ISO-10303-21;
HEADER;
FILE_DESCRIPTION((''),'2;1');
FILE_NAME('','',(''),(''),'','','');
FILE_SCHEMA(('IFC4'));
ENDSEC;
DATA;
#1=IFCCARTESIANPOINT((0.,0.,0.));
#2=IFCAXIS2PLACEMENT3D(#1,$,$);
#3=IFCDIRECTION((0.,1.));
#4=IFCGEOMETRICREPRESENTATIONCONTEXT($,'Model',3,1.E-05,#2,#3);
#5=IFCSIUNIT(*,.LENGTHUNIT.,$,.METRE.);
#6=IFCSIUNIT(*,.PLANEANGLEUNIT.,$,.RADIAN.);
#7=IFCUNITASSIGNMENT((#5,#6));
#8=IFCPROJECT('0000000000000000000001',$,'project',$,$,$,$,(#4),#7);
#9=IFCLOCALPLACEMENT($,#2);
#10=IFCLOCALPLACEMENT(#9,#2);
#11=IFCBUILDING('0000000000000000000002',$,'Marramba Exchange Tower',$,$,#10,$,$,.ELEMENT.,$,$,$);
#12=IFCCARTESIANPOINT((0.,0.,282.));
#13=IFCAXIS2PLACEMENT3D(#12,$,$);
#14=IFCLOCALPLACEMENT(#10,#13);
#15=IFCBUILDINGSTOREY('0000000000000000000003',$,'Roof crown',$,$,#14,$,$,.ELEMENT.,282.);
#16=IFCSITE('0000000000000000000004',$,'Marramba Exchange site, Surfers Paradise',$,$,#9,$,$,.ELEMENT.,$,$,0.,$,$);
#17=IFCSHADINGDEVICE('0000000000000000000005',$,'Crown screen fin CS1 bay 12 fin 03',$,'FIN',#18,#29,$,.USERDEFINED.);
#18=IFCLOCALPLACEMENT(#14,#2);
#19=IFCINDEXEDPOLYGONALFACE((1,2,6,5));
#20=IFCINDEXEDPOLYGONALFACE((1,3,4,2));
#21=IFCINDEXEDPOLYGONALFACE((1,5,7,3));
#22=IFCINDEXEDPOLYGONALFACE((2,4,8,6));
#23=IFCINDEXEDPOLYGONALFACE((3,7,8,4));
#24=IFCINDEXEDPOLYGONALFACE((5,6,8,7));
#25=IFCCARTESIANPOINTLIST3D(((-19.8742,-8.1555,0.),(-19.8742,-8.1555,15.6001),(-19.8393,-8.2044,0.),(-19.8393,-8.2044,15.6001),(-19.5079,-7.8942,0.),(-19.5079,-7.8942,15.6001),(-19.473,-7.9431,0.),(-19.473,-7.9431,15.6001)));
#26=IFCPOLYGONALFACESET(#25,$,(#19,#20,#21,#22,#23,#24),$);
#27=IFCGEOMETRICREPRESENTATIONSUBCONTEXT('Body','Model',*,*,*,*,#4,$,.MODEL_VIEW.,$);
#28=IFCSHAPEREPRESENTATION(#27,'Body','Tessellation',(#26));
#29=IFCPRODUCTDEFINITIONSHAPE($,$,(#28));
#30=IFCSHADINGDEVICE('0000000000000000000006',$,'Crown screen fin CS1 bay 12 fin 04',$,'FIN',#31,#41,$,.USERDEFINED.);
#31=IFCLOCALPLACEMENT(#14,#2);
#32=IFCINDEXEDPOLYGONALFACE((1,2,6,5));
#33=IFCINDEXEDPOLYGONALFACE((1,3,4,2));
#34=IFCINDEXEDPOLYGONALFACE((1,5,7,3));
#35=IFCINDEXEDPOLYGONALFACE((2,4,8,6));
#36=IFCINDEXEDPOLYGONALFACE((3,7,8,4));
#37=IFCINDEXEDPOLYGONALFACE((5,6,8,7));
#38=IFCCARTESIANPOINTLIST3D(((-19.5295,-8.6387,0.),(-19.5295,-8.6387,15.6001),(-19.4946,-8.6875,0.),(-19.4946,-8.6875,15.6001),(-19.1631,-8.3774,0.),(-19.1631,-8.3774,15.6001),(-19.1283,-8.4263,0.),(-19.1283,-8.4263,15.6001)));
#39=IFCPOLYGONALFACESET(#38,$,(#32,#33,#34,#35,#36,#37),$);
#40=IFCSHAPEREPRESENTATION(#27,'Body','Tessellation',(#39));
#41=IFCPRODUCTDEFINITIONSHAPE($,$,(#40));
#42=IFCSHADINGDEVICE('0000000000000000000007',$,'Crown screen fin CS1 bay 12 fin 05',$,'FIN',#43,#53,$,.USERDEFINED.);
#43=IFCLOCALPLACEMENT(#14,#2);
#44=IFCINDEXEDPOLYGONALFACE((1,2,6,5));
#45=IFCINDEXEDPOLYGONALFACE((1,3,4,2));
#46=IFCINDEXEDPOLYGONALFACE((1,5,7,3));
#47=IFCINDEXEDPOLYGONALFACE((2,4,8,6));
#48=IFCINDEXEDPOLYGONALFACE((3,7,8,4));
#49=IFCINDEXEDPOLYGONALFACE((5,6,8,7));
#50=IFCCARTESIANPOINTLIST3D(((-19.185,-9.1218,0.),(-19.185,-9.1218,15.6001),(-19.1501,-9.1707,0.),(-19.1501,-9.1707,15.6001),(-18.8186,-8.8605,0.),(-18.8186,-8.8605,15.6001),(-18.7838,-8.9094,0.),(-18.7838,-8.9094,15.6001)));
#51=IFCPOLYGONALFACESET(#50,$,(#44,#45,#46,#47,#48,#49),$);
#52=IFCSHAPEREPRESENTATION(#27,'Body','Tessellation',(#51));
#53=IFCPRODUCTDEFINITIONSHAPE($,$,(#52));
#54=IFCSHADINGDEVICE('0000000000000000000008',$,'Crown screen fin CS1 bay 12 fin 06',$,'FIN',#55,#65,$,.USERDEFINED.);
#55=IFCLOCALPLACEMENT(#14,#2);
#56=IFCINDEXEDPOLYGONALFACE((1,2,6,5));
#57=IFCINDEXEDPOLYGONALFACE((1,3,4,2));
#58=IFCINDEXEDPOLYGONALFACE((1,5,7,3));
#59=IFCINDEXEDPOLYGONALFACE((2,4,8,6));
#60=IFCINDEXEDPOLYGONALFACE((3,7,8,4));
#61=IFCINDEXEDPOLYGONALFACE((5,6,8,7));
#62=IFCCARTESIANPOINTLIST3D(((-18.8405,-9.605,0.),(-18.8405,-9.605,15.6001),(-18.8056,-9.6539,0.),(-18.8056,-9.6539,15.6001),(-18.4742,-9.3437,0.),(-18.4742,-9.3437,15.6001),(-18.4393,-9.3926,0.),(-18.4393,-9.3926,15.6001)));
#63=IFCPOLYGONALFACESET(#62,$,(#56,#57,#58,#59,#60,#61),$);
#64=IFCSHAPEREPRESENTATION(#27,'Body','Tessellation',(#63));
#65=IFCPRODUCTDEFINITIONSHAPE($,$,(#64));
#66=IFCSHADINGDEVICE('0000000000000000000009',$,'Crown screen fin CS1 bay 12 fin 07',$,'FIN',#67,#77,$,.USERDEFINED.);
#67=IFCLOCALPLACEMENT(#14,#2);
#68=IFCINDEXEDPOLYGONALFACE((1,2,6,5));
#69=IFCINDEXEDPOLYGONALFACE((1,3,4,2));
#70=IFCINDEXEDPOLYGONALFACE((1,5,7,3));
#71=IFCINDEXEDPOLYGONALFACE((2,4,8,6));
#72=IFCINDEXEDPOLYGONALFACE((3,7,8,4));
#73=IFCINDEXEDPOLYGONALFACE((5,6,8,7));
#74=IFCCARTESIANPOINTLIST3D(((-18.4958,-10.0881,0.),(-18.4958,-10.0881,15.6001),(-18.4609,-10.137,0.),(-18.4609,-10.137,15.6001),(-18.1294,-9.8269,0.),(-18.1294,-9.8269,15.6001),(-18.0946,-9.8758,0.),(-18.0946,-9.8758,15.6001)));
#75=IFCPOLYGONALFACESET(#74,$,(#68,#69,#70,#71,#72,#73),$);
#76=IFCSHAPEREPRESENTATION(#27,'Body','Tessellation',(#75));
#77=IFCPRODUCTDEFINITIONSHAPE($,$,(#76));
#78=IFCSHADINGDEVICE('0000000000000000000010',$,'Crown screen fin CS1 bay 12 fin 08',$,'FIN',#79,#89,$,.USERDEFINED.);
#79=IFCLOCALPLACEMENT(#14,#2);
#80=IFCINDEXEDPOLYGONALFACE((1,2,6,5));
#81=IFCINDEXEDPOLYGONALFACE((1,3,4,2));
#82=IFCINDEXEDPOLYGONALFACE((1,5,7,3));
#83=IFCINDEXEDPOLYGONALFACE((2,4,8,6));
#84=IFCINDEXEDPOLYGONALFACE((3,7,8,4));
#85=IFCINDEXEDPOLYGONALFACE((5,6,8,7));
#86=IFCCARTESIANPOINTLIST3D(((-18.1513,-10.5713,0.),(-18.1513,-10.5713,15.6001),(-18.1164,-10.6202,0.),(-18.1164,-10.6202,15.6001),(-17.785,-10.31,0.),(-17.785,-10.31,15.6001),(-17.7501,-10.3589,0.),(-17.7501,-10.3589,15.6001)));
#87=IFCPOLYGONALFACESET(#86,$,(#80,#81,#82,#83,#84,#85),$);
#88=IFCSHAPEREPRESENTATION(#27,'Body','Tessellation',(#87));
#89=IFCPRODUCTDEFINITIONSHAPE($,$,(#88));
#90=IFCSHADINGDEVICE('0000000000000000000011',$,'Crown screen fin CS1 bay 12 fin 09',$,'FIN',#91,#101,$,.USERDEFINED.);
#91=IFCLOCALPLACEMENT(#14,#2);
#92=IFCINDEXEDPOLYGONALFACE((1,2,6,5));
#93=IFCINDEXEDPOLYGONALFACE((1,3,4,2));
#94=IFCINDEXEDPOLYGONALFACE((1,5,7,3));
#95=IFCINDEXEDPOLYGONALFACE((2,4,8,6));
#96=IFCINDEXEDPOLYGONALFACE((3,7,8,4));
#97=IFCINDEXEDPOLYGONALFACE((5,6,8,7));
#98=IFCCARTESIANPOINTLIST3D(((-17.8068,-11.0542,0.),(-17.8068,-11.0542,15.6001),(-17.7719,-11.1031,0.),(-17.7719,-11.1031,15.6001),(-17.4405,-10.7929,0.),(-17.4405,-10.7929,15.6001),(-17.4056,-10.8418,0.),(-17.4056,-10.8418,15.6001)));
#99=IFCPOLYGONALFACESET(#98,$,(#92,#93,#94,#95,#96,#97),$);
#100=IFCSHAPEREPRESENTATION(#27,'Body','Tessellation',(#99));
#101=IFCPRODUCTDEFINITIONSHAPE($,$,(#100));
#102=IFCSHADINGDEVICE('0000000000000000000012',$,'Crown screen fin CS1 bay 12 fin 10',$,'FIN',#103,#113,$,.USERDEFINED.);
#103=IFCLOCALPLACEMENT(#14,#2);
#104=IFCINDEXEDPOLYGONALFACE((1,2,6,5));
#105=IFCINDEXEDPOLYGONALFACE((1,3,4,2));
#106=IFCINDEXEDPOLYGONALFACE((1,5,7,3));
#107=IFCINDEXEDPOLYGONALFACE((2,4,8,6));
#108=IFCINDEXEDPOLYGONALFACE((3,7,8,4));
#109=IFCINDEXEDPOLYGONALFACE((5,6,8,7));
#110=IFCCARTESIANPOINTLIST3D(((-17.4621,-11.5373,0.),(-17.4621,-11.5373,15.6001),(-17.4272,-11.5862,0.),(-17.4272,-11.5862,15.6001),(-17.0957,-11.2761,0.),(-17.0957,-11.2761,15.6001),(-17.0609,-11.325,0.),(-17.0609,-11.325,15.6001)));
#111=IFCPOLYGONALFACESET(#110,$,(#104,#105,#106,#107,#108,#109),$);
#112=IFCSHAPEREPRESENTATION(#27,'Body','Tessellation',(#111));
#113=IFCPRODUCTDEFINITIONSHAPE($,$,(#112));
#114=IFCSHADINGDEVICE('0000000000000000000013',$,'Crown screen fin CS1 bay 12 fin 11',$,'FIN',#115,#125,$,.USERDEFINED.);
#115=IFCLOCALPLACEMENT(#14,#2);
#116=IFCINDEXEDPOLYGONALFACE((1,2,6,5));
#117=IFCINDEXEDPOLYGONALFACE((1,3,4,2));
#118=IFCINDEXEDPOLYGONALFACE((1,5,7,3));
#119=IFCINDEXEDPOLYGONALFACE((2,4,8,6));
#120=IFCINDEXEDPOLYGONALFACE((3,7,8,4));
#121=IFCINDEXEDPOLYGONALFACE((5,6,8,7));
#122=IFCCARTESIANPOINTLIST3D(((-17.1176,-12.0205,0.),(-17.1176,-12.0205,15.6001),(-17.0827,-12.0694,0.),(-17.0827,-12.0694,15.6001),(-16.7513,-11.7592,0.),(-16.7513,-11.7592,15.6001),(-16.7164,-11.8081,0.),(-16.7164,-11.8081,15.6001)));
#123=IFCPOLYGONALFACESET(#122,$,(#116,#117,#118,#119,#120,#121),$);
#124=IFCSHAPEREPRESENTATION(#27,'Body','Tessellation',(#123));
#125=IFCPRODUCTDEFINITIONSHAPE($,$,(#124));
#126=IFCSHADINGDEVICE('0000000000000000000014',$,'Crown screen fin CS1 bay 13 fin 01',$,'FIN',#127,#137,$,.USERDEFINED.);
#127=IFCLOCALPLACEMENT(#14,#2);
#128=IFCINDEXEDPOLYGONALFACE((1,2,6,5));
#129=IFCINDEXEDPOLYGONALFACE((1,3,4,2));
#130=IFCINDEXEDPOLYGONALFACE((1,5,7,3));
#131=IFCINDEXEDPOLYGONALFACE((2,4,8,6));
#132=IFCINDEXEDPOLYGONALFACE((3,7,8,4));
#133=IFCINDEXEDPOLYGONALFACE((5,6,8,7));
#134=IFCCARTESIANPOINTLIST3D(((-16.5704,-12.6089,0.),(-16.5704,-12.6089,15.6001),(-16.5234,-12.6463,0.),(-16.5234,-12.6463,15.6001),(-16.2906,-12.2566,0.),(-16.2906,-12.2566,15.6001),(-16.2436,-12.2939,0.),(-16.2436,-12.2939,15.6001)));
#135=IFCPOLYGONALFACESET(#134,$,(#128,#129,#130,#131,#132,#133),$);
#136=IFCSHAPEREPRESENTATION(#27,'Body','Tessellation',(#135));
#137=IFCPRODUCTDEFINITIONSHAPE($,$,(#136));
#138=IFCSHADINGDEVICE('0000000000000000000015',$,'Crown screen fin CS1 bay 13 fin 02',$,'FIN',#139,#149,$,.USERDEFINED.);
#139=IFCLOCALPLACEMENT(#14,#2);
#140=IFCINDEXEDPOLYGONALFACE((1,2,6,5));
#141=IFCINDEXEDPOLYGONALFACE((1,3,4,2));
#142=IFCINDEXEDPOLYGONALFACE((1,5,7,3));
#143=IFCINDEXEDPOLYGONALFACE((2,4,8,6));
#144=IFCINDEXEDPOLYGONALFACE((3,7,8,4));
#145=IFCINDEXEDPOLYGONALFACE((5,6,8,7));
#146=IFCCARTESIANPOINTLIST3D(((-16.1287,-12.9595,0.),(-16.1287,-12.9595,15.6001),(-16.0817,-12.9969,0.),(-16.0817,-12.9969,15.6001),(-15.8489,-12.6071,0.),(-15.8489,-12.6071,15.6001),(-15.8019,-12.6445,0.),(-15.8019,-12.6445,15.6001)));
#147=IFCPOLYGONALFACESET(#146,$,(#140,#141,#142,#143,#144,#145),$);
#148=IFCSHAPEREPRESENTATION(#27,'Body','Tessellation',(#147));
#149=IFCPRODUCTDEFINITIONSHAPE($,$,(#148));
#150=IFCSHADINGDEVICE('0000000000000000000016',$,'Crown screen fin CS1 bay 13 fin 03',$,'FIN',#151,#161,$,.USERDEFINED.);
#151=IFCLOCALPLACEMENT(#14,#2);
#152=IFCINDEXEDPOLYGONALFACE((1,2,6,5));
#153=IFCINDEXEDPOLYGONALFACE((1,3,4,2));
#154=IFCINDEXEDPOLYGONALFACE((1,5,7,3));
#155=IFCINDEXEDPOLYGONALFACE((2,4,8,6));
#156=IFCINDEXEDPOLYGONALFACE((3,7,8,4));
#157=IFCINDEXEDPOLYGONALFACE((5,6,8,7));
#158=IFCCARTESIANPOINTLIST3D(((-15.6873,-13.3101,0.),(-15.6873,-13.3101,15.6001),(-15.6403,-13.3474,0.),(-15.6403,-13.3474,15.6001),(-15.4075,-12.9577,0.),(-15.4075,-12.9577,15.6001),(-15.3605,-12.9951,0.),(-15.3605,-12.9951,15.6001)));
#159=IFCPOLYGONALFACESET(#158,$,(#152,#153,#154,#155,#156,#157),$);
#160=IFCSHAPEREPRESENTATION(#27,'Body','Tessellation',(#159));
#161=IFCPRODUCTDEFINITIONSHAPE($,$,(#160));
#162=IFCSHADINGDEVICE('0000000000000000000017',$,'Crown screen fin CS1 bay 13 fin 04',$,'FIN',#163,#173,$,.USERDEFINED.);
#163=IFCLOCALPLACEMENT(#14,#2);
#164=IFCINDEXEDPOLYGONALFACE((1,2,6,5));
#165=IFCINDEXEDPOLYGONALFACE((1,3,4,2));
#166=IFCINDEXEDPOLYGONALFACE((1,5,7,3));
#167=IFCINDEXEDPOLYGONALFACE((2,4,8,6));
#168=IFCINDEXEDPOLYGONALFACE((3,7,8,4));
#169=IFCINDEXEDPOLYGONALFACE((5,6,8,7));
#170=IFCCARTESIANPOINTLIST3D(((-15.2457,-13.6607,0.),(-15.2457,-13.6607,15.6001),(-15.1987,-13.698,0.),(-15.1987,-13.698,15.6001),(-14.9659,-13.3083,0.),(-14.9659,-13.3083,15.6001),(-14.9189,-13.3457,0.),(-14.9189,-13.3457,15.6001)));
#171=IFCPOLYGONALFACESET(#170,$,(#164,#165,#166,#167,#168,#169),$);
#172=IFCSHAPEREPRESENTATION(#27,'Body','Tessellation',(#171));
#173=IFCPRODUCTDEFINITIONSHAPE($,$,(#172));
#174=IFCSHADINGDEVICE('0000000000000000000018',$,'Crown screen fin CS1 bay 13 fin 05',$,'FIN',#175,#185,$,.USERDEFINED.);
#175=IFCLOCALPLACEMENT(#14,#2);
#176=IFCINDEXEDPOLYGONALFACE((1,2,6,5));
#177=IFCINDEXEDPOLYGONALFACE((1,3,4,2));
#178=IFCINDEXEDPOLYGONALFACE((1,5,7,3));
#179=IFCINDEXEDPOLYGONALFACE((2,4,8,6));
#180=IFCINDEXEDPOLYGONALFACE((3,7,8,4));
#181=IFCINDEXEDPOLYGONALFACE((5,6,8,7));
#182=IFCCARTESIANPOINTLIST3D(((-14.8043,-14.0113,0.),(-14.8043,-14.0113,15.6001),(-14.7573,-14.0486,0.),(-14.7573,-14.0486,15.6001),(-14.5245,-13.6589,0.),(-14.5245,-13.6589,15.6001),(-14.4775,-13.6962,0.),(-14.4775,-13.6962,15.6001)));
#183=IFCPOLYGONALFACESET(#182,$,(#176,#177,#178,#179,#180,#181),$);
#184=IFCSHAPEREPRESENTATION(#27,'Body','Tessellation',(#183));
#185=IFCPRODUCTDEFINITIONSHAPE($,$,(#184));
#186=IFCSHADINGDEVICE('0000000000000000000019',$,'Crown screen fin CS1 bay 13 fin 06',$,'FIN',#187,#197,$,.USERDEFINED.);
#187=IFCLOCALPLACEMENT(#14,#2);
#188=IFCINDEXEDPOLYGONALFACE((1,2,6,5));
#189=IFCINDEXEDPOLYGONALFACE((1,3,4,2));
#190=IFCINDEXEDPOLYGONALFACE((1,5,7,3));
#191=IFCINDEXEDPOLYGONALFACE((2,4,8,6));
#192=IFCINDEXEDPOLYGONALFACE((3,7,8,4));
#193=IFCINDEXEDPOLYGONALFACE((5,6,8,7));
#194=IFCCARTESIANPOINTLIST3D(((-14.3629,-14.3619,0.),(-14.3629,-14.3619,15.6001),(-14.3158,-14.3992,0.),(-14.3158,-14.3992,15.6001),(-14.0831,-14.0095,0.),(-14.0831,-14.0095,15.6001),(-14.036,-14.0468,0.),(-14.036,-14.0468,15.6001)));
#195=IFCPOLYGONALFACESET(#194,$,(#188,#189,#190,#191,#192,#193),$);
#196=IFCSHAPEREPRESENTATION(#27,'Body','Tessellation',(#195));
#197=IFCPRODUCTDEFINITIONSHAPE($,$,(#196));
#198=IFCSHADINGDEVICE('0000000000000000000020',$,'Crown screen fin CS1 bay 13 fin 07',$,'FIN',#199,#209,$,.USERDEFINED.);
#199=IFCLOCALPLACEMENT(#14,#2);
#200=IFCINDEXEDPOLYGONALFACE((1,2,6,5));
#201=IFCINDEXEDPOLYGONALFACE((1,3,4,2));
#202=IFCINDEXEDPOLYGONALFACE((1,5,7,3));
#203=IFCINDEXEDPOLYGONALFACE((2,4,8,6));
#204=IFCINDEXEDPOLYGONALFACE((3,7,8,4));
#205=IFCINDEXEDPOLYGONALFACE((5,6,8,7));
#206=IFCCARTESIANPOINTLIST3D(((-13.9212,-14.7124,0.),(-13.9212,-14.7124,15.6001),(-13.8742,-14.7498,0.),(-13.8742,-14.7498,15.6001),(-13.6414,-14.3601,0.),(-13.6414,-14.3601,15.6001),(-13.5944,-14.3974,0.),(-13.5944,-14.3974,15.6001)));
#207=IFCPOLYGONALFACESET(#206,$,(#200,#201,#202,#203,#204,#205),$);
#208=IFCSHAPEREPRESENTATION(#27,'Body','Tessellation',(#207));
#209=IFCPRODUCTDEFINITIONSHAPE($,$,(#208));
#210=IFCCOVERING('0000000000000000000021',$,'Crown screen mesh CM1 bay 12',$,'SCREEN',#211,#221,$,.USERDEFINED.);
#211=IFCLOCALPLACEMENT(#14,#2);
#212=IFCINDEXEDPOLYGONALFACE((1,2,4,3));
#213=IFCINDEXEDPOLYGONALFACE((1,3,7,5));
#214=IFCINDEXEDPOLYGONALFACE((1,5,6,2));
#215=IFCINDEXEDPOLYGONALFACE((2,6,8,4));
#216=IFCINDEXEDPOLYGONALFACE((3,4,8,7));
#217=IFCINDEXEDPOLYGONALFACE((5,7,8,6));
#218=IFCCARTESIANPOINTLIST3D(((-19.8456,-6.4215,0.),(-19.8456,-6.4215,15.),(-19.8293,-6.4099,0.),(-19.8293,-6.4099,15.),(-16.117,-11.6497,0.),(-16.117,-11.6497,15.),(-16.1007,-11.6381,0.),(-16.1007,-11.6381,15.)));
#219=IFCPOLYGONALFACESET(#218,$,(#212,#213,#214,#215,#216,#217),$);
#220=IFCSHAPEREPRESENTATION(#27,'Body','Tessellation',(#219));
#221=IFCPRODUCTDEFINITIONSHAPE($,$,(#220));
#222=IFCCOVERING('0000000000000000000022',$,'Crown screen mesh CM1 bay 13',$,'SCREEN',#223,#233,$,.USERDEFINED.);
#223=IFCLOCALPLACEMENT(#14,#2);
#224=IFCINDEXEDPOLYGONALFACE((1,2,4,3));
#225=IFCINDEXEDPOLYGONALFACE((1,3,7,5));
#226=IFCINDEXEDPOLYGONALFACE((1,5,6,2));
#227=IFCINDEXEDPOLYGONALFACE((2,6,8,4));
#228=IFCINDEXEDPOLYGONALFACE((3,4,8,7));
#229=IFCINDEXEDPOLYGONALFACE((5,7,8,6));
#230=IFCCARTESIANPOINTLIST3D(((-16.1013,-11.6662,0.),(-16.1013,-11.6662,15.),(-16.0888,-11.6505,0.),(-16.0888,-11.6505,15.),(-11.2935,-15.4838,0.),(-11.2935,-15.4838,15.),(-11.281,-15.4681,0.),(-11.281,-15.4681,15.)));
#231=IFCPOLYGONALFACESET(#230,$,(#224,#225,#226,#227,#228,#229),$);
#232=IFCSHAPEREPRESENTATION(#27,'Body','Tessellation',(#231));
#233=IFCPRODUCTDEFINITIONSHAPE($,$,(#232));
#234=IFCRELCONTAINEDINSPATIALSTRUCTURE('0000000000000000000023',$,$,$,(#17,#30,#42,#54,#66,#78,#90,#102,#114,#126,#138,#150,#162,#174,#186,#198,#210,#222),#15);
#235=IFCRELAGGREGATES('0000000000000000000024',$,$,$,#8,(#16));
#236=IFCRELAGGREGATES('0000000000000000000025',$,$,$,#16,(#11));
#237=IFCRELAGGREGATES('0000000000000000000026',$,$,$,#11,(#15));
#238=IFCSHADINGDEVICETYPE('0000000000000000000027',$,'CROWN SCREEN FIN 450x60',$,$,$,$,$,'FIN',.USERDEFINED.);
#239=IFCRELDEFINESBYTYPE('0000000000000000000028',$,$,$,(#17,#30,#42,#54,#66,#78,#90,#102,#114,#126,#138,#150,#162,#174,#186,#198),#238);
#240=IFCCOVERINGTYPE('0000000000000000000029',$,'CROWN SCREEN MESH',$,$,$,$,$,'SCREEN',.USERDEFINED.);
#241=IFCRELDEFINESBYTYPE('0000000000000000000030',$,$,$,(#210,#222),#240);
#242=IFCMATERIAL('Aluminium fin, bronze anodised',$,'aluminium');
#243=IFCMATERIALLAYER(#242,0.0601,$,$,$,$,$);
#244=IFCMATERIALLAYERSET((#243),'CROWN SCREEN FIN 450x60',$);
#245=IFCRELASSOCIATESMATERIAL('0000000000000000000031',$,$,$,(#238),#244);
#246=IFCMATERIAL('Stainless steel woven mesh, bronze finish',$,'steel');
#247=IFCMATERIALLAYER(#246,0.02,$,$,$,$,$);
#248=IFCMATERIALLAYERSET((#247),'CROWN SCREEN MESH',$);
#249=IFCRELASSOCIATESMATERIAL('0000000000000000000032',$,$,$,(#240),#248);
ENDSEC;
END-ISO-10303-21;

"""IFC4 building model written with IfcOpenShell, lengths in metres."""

from ifc_helpers import new_model, si_unit, direction, frame, origin, origin_2d, place, context, subcontext, project, spatial, rectangle, extrude, material, layer, layer_set, type_object, element, save


model = new_model("IFC4")

# Units and contexts
model_context = context("Model", 3, precision=1e-05, world=origin(), true_north=direction((0.0, 1.0)))
body_context = subcontext(model_context, "Body", "Model", "MODEL_VIEW")
ifc_project = project(units=[si_unit("LENGTHUNIT", "METRE"), si_unit("PLANEANGLEUNIT", "RADIAN")], contexts=[model_context])

# Site, building, storey
site_placement = place(None, origin())
site = spatial("IfcSite", under=ifc_project, at=site_placement, Name="Marramba Exchange site, Surfers Paradise", CompositionType="ELEMENT", RefElevation=0.0)
building_placement = place(site_placement, origin())
building = spatial("IfcBuilding", under=site, at=building_placement, Name="Marramba Exchange Tower", CompositionType="ELEMENT")
storey_placement = place(building_placement, frame((0.0, 0.0, 282.0)))
storey = spatial("IfcBuildingStorey", under=building, at=storey_placement, Name="Roof crown", CompositionType="ELEMENT", Elevation=282.0)

# Shading devices
ifc_material_1 = material(Name="Aluminium fin, bronze anodised", Category="aluminium")
ifc_layer_1 = layer(ifc_material_1, 0.0601)
ifc_layer_set_1 = layer_set([ifc_layer_1], Name="CROWN SCREEN FIN 450x60")
shading_device_type = type_object("IfcShadingDeviceType", Name="CROWN SCREEN FIN 450x60", ElementType="FIN", PredefinedType="USERDEFINED", material=ifc_layer_set_1)
for number, where, z_axis, x_axis, name in (
    (1, (-19.6736, -8.0493, 0.0), (0.0, 0.0, 1.0), (-0.81416, -0.58064, 0.0), "Crown screen fin CS1 bay 12 fin 03"),
    (2, (-19.3289, -8.5325, 0.0), (0.0, 0.0, 1.0), (-0.81416, -0.58064, 0.0), "Crown screen fin CS1 bay 12 fin 04"),
    (3, (-18.9844, -9.0156, 0.0), (0.0, 0.0, 1.0), (-0.81416, -0.58064, 0.0), "Crown screen fin CS1 bay 12 fin 05"),
    (4, (-18.6399, -9.4988, 0.0), (0.0, 0.0, 1.0), (-0.81416, -0.58064, 0.0), "Crown screen fin CS1 bay 12 fin 06"),
    (5, (-18.2952, -9.9819, 0.0), (0.0, 0.0, 1.0), (-0.81416, -0.58064, 0.0), "Crown screen fin CS1 bay 12 fin 07"),
    (6, (-17.9507, -10.4651, 0.0), (0.0, 0.0, 1.0), (-0.81416, -0.58064, 0.0), "Crown screen fin CS1 bay 12 fin 08"),
    (7, (-17.6062, -10.948, 0.0), (0.0, 0.0, 1.0), (-0.81416, -0.58064, 0.0), "Crown screen fin CS1 bay 12 fin 09"),
    (8, (-17.2615, -11.4312, 0.0), (0.0, 0.0, 1.0), (-0.81416, -0.58064, 0.0), "Crown screen fin CS1 bay 12 fin 10"),
    (9, (-16.917, -11.9143, 0.0), (0.0, 0.0, 1.0), (-0.81416, -0.58064, 0.0), "Crown screen fin CS1 bay 12 fin 11"),
    (10, (-16.407, -12.4514, 0.0), (0.0, 0.0, 1.0), (-0.621845, -0.78314, 0.0), "Crown screen fin CS1 bay 13 fin 01"),
    (11, (-15.9653, -12.802, 0.0), (0.0, 0.0, 1.0), (-0.621845, -0.78314, 0.0), "Crown screen fin CS1 bay 13 fin 02"),
    (12, (-15.5239, -13.1526, 0.0), (0.0, 0.0, 1.0), (-0.621845, -0.78314, 0.0), "Crown screen fin CS1 bay 13 fin 03"),
    (13, (-15.0823, -13.5032, 0.0), (0.0, 0.0, 1.0), (-0.621845, -0.78314, 0.0), "Crown screen fin CS1 bay 13 fin 04"),
    (14, (-14.6409, -13.8538, 0.0), (0.0, 0.0, 1.0), (-0.621845, -0.78314, 0.0), "Crown screen fin CS1 bay 13 fin 05"),
    (15, (-14.1995, -14.2043, 0.0), (0.0, 0.0, 1.0), (-0.621845, -0.78314, 0.0), "Crown screen fin CS1 bay 13 fin 06"),
    (16, (-13.7578, -14.5549, 0.0), (0.0, 0.0, 1.0), (-0.621845, -0.78314, 0.0), "Crown screen fin CS1 bay 13 fin 07"),
):
    element("IfcShadingDevice", number, at=place(storey_placement, frame(where, z_axis=z_axis, x_axis=x_axis)), inside=storey, type_object=shading_device_type, Name=name, ObjectType="FIN", PredefinedType="USERDEFINED", context=body_context, shape_type="SweptSolid", body=[
        extrude(rectangle(XDim=0.45, YDim=0.0601, at=origin_2d()), origin(), (0.0, 0.0, 1.0), 15.6001),
    ])

# Coverings
ifc_material_2 = material(Name="Stainless steel woven mesh, bronze finish", Category="steel")
ifc_layer_2 = layer(ifc_material_2, 0.02)
ifc_layer_set_2 = layer_set([ifc_layer_2], Name="CROWN SCREEN MESH")
covering_type = type_object("IfcCoveringType", Name="CROWN SCREEN MESH", ElementType="SCREEN", PredefinedType="USERDEFINED", material=ifc_layer_set_2)
covering_1_placement = place(storey_placement, frame((-17.9731, -9.0298, 0.0), z_axis=(0.0, 0.0, 1.0), x_axis=(0.58064, -0.81416, 0.0)))
element("IfcCovering", 17, at=covering_1_placement, inside=storey, type_object=covering_type, Name="Crown screen mesh CM1 bay 12", ObjectType="SCREEN", PredefinedType="USERDEFINED", context=body_context, shape_type="SweptSolid", body=[
    extrude(rectangle(XDim=6.4216, YDim=0.02, at=origin_2d()), origin(), (0.0, 0.0, 1.0), 15.0),
])
covering_2_placement = place(storey_placement, frame((-13.6912, -13.5671, 0.0), z_axis=(0.0, 0.0, 1.0), x_axis=(0.78314, -0.621845, 0.0)))
element("IfcCovering", 18, at=covering_2_placement, inside=storey, type_object=covering_type, Name="Crown screen mesh CM1 bay 13", ObjectType="SCREEN", PredefinedType="USERDEFINED", context=body_context, shape_type="SweptSolid", body=[
    extrude(rectangle(XDim=6.1392, YDim=0.02, at=origin_2d()), origin(), (0.0, 0.0, 1.0), 15.0),
])

save(model, "model.ifc")
